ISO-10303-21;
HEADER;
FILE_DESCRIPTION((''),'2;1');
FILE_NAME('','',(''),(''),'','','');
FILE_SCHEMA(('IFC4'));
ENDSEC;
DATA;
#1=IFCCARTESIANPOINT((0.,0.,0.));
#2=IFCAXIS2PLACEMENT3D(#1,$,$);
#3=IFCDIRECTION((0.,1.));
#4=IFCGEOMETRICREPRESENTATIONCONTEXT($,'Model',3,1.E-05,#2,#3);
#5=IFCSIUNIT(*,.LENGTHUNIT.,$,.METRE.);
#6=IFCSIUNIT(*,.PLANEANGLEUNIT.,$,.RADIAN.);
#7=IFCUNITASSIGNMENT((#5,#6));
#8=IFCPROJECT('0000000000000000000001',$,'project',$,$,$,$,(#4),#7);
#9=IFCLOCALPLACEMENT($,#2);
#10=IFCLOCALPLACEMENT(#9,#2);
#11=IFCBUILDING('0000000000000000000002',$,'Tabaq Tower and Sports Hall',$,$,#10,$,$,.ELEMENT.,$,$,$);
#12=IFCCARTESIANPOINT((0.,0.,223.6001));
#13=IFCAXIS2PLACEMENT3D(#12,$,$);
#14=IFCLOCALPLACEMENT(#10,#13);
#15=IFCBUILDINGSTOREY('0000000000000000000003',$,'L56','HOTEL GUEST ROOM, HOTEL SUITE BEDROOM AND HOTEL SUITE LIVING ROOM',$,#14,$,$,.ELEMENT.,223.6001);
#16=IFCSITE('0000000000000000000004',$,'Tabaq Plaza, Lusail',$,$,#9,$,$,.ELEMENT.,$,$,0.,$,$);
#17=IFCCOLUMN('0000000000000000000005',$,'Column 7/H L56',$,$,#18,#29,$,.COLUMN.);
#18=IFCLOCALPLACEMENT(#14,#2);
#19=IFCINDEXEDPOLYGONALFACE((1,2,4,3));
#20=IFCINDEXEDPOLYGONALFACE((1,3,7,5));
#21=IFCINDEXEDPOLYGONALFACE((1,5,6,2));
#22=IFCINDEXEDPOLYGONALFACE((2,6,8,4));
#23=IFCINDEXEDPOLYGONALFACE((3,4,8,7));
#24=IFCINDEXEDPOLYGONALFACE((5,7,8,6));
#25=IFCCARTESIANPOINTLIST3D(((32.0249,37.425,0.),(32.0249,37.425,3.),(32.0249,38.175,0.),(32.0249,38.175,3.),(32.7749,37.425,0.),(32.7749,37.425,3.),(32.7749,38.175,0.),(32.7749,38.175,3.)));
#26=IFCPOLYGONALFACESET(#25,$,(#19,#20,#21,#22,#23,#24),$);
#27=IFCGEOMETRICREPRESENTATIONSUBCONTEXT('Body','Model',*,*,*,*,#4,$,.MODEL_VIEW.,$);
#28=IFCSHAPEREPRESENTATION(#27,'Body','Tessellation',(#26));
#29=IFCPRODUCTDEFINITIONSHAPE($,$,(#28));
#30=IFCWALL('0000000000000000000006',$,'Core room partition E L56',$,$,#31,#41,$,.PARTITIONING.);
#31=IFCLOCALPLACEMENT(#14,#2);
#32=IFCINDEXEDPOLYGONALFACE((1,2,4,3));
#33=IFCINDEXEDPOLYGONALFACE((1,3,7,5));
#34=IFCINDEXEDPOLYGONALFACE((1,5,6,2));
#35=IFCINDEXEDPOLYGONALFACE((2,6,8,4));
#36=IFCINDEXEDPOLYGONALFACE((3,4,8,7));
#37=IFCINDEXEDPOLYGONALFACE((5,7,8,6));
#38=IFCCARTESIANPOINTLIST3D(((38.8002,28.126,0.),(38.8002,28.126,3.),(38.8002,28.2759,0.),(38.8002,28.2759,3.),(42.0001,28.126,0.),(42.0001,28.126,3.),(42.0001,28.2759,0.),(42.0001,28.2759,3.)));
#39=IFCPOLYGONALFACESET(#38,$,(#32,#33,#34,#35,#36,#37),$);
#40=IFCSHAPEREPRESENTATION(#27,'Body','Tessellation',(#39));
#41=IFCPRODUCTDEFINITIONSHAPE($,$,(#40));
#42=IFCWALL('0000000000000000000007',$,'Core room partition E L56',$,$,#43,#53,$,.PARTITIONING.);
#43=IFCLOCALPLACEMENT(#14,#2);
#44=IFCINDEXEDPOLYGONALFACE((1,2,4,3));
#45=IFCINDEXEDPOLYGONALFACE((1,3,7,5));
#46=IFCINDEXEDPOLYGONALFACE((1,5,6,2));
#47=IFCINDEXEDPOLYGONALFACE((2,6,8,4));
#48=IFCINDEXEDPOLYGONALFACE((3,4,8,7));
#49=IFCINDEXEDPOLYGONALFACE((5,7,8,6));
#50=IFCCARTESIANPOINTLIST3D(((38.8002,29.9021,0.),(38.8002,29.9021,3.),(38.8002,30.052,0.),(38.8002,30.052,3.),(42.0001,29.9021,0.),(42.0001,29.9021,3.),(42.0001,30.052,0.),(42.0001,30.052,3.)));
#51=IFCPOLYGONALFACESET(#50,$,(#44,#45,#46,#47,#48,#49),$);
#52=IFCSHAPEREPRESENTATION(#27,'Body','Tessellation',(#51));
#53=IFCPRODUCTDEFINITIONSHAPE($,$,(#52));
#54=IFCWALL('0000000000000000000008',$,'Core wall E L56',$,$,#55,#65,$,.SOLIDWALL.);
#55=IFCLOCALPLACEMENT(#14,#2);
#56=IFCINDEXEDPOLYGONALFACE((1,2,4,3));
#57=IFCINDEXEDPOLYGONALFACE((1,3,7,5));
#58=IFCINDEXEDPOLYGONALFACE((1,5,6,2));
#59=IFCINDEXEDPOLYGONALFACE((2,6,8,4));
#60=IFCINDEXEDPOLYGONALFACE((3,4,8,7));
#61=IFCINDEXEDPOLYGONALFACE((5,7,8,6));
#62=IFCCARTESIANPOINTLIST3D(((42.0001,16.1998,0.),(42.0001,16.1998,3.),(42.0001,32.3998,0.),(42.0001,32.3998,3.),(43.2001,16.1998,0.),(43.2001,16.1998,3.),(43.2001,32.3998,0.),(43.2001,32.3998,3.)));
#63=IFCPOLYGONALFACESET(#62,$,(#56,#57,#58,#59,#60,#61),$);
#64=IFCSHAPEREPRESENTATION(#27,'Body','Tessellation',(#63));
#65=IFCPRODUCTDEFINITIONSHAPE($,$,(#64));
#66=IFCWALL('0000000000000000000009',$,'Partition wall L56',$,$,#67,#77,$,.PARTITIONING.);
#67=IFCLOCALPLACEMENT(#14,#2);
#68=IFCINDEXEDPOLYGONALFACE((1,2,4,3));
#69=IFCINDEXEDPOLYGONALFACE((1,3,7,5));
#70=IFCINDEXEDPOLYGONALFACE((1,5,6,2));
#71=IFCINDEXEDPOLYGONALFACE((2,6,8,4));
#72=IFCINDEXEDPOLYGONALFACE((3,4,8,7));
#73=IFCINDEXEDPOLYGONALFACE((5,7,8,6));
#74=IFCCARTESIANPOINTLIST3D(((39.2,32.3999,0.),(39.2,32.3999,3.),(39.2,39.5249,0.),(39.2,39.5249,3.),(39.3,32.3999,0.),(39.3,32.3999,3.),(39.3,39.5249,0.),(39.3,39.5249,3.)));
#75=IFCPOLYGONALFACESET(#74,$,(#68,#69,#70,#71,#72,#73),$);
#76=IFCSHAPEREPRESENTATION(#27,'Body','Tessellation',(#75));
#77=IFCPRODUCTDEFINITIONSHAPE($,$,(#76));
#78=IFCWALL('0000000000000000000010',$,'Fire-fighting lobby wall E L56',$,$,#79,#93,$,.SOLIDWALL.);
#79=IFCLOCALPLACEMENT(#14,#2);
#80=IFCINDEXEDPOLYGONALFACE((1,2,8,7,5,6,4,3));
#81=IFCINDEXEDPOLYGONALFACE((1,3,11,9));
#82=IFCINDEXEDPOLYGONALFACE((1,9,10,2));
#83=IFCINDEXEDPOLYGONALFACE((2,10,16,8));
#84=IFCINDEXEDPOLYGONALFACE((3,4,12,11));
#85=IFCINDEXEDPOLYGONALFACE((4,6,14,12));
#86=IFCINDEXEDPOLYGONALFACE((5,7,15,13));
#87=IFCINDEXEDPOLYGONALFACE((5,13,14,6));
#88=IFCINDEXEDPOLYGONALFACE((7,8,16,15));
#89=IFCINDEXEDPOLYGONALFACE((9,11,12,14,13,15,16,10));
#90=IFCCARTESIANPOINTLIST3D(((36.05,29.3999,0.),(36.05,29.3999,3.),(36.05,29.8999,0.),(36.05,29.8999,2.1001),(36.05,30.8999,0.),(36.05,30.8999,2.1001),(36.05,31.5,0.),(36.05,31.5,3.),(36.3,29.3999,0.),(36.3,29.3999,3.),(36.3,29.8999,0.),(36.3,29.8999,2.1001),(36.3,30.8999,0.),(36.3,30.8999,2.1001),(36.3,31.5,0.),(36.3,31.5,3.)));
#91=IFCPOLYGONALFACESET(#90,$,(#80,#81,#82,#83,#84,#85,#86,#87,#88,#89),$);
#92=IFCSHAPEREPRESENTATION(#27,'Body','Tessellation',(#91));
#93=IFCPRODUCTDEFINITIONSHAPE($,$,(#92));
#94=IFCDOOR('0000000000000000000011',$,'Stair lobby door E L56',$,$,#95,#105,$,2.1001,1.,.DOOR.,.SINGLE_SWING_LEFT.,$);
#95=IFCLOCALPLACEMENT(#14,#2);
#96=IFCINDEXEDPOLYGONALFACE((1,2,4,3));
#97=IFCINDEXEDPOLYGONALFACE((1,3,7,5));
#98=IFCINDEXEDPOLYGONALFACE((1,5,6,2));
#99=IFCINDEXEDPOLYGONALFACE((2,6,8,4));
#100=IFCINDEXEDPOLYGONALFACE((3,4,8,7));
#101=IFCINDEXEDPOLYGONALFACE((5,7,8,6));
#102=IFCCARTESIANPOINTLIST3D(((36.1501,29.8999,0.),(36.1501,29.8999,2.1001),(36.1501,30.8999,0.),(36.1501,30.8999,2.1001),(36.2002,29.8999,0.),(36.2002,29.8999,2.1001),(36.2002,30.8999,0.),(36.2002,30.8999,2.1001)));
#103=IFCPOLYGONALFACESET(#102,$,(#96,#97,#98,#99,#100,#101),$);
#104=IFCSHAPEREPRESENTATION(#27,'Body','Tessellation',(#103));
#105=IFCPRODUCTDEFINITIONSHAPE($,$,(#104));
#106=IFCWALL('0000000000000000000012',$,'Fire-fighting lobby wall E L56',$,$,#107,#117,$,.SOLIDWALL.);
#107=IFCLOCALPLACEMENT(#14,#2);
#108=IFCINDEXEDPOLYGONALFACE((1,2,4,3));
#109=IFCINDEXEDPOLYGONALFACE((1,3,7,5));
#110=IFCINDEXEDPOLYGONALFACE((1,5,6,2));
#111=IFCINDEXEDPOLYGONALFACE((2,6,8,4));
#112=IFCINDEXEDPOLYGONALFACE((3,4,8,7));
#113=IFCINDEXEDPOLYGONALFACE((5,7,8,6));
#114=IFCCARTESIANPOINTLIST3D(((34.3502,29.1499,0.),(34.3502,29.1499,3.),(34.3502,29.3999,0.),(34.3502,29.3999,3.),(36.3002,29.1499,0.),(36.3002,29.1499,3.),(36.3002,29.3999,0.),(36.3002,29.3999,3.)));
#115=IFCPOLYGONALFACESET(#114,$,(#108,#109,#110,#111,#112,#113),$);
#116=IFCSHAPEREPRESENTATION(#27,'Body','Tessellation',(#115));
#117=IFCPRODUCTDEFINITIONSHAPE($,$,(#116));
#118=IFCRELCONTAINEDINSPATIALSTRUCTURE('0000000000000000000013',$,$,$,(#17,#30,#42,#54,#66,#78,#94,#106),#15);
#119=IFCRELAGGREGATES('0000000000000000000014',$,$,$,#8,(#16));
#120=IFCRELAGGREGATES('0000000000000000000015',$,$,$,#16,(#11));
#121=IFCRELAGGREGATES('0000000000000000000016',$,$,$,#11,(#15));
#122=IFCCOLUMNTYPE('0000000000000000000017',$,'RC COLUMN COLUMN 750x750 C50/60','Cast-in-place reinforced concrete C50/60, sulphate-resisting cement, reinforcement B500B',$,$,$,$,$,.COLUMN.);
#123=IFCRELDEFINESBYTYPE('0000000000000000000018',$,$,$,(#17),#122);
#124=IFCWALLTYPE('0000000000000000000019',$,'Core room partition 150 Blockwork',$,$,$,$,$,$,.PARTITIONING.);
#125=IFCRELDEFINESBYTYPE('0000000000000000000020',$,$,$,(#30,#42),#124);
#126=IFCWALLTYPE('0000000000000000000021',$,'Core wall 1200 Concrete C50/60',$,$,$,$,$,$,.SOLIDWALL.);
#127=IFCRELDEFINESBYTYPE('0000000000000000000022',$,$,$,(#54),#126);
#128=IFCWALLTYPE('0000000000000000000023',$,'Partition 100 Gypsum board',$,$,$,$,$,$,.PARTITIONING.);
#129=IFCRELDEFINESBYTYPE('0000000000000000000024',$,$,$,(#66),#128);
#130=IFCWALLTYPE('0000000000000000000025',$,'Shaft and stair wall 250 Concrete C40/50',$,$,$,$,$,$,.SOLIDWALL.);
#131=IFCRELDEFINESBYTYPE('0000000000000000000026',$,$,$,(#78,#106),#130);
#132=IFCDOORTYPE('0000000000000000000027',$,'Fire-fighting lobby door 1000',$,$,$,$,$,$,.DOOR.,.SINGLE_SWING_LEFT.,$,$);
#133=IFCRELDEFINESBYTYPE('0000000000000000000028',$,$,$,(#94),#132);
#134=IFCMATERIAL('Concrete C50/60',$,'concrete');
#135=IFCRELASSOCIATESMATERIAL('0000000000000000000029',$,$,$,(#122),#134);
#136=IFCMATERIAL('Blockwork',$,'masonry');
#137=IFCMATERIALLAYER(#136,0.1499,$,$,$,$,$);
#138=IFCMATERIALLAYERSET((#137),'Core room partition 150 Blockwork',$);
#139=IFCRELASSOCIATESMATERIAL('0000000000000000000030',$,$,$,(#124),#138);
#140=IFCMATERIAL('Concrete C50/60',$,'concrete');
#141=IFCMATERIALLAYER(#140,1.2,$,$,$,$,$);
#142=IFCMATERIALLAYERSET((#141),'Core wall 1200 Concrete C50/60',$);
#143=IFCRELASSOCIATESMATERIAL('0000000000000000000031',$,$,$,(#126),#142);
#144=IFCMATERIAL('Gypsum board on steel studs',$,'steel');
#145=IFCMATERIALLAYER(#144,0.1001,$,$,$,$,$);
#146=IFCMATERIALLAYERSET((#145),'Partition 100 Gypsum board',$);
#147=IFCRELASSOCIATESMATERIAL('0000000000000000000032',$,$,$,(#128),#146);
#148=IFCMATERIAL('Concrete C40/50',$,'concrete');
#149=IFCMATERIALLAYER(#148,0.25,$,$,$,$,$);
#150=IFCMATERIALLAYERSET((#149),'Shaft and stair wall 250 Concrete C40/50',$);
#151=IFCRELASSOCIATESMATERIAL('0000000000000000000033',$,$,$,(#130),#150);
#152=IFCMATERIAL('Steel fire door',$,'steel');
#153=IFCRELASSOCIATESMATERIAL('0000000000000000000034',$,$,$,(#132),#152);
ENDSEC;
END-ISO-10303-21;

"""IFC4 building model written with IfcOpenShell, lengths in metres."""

from ifc_helpers import new_model, si_unit, direction, frame, frame_2d, origin, origin_2d, place, context, subcontext, project, spatial, rectangle, extrude, material, layer, layer_set, material_profile, profile_set, type_object, element, fill, save


model = new_model("IFC4")

# Units and contexts
model_context = context("Model", 3, precision=1e-05, world=origin(), true_north=direction((0.0, 1.0)))
body_context = subcontext(model_context, "Body", "Model", "MODEL_VIEW")
ifc_project = project(units=[si_unit("LENGTHUNIT", "METRE"), si_unit("PLANEANGLEUNIT", "RADIAN")], contexts=[model_context])

# Site, building, storey
site_placement = place(None, origin())
site = spatial("IfcSite", under=ifc_project, at=site_placement, Name="Tabaq Plaza, Lusail", CompositionType="ELEMENT", RefElevation=0.0)
building_placement = place(site_placement, origin())
building = spatial("IfcBuilding", under=site, at=building_placement, Name="Tabaq Tower and Sports Hall", CompositionType="ELEMENT")
storey_placement = place(building_placement, frame((0.0, 0.0, 223.6001)))
storey = spatial("IfcBuildingStorey", under=building, at=storey_placement, Name="L56", Description="HOTEL GUEST ROOM, HOTEL SUITE BEDROOM AND HOTEL SUITE LIVING ROOM", CompositionType="ELEMENT", Elevation=223.6001)

# Column
ifc_material_1 = material(Name="Concrete C50/60", Category="concrete")
ifc_material_profile = material_profile(ifc_material_1, rectangle(XDim=0.75, YDim=0.75, at=origin_2d()), Name="COLUMN 750x750")
ifc_profile_set = profile_set([ifc_material_profile], Name="Concrete C50/60")
column_type = type_object("IfcColumnType", Name="RC COLUMN COLUMN 750x750 C50/60", Description="Cast-in-place reinforced concrete C50/60, sulphate-resisting cement, reinforcement B500B", PredefinedType="COLUMN", material=ifc_profile_set)
column_placement = place(storey_placement, frame((32.3999, 37.8, 0.0), z_axis=(0.0, 0.0, 1.0), x_axis=(1.0, 0.0, 0.0)))
element("IfcColumn", 1, at=column_placement, inside=storey, type_object=column_type, Name="Column 7/H L56", PredefinedType="COLUMN", context=body_context, shape_type="SweptSolid", body=[
    extrude(rectangle(XDim=0.75, YDim=0.75, at=origin_2d()), origin(), (0.0, 0.0, 1.0), 3.0),
])

# Walls
ifc_material_2 = material(Name="Blockwork", Category="masonry")
ifc_layer_1 = layer(ifc_material_2, 0.1499)
ifc_layer_set_1 = layer_set([ifc_layer_1], Name="Core room partition 150 Blockwork")
wall_type_1 = type_object("IfcWallType", Name="Core room partition 150 Blockwork", PredefinedType="PARTITIONING", material=ifc_layer_set_1)
for number, where, z_axis, x_axis, name in (
    (2, (38.8, 28.2009, 0.0), (0.0, 0.0, 1.0), (1.0, 0.0, 0.0), "Core room partition E L56"),
    (3, (38.8, 29.9771, 0.0), (0.0, 0.0, 1.0), (1.0, 0.0, 0.0), "Core room partition E L56"),
):
    element("IfcWall", number, at=place(storey_placement, frame(where, z_axis=z_axis, x_axis=x_axis)), inside=storey, type_object=wall_type_1, Name=name, PredefinedType="PARTITIONING", context=body_context, shape_type="SweptSolid", body=[
        extrude(rectangle(XDim=3.2, YDim=0.1499, at=frame_2d((1.6001, 0.0))), origin(), (0.0, 0.0, 1.0), 3.0),
    ])
ifc_material_3 = material(Name="Concrete C50/60", Category="concrete")
ifc_layer_2 = layer(ifc_material_3, 1.2)
ifc_layer_set_2 = layer_set([ifc_layer_2], Name="Core wall 1200 Concrete C50/60")
wall_type_2 = type_object("IfcWallType", Name="Core wall 1200 Concrete C50/60", PredefinedType="SOLIDWALL", material=ifc_layer_set_2)
wall_1_placement = place(storey_placement, frame((42.6001, 32.3999, 0.0), z_axis=(0.0, 0.0, 1.0), x_axis=(0.0, -1.0, 0.0)))
element("IfcWall", 4, at=wall_1_placement, inside=storey, type_object=wall_type_2, Name="Core wall E L56", PredefinedType="SOLIDWALL", context=body_context, shape_type="SweptSolid", body=[
    extrude(rectangle(XDim=16.2, YDim=1.2, at=frame_2d((8.1001, 0.0))), origin(), (0.0, 0.0, 1.0), 3.0),
])
ifc_material_4 = material(Name="Gypsum board on steel studs", Category="steel")
ifc_layer_3 = layer(ifc_material_4, 0.1001)
ifc_layer_set_3 = layer_set([ifc_layer_3], Name="Partition 100 Gypsum board")
wall_type_3 = type_object("IfcWallType", Name="Partition 100 Gypsum board", PredefinedType="PARTITIONING", material=ifc_layer_set_3)
wall_2_placement = place(storey_placement, frame((39.25, 32.3999, 0.0), z_axis=(0.0, 0.0, 1.0), x_axis=(0.0, 1.0, 0.0)))
element("IfcWall", 5, at=wall_2_placement, inside=storey, type_object=wall_type_3, Name="Partition wall L56", PredefinedType="PARTITIONING", context=body_context, shape_type="SweptSolid", body=[
    extrude(rectangle(XDim=7.125, YDim=0.1001, at=frame_2d((3.5625, 0.0))), origin(), (0.0, 0.0, 1.0), 3.0),
])

# Wall, opening, door
ifc_material_5 = material(Name="Concrete C40/50", Category="concrete")
ifc_layer_4 = layer(ifc_material_5, 0.25)
ifc_layer_set_4 = layer_set([ifc_layer_4], Name="Shaft and stair wall 250 Concrete C40/50")
wall_type_4 = type_object("IfcWallType", Name="Shaft and stair wall 250 Concrete C40/50", PredefinedType="SOLIDWALL", material=ifc_layer_set_4)
wall_3_placement = place(storey_placement, frame((36.175, 29.3999, 0.0), z_axis=(0.0, 0.0, 1.0), x_axis=(0.0, 1.0, 0.0)))
wall_3 = element("IfcWall", 6, at=wall_3_placement, inside=storey, type_object=wall_type_4, Name="Fire-fighting lobby wall E L56", PredefinedType="SOLIDWALL", context=body_context, shape_type="SweptSolid", body=[
    extrude(rectangle(XDim=2.1001, YDim=0.25, at=frame_2d((1.05, 0.0))), origin(), (0.0, 0.0, 1.0), 3.0),
])
opening_1_placement = place(wall_3_placement, frame((0.5, 0.0, 0.0)))
opening_1 = element("IfcOpeningElement", 7, at=opening_1_placement, cuts=wall_3, PredefinedType="OPENING", context=body_context, shape_type="SweptSolid", body=[
    extrude(rectangle(XDim=1.0, YDim=2.1001, at=frame_2d((0.5, 1.05))), frame((0.0, 0.125, 0.0), z_axis=(0.0, -1.0, 0.0), x_axis=(1.0, 0.0, 0.0)), (0.0, 0.0, 1.0), 0.25),
])
ifc_material_6 = material(Name="Steel fire door", Category="steel")
door_type = type_object("IfcDoorType", Name="Fire-fighting lobby door 1000", OperationType="SINGLE_SWING_LEFT", PredefinedType="DOOR", material=ifc_material_6)
door_placement = place(opening_1_placement, origin())
door = element("IfcDoor", 8, at=door_placement, inside=storey, type_object=door_type, Name="Stair lobby door E L56", OperationType="SINGLE_SWING_LEFT", OverallHeight=2.1001, OverallWidth=1.0, PredefinedType="DOOR", context=body_context, shape_type="SweptSolid", body=[
    extrude(rectangle(XDim=1.0, YDim=2.1001, at=frame_2d((0.5, 1.05))), frame((0.0, 0.0249, 0.0), z_axis=(0.0, -1.0, 0.0), x_axis=(1.0, 0.0, 0.0)), (0.0, 0.0, 1.0), 0.05),
])
fill(opening_1, door)

# Wall
wall_4_placement = place(storey_placement, frame((34.3501, 29.2749, 0.0), z_axis=(0.0, 0.0, 1.0), x_axis=(1.0, 0.0, 0.0)))
element("IfcWall", 9, at=wall_4_placement, inside=storey, type_object=wall_type_4, Name="Fire-fighting lobby wall E L56", PredefinedType="SOLIDWALL", context=body_context, shape_type="SweptSolid", body=[
    extrude(rectangle(XDim=1.95, YDim=0.25, at=frame_2d((0.9751, 0.0))), origin(), (0.0, 0.0, 1.0), 3.0),
])

save(model, "model.ifc")
